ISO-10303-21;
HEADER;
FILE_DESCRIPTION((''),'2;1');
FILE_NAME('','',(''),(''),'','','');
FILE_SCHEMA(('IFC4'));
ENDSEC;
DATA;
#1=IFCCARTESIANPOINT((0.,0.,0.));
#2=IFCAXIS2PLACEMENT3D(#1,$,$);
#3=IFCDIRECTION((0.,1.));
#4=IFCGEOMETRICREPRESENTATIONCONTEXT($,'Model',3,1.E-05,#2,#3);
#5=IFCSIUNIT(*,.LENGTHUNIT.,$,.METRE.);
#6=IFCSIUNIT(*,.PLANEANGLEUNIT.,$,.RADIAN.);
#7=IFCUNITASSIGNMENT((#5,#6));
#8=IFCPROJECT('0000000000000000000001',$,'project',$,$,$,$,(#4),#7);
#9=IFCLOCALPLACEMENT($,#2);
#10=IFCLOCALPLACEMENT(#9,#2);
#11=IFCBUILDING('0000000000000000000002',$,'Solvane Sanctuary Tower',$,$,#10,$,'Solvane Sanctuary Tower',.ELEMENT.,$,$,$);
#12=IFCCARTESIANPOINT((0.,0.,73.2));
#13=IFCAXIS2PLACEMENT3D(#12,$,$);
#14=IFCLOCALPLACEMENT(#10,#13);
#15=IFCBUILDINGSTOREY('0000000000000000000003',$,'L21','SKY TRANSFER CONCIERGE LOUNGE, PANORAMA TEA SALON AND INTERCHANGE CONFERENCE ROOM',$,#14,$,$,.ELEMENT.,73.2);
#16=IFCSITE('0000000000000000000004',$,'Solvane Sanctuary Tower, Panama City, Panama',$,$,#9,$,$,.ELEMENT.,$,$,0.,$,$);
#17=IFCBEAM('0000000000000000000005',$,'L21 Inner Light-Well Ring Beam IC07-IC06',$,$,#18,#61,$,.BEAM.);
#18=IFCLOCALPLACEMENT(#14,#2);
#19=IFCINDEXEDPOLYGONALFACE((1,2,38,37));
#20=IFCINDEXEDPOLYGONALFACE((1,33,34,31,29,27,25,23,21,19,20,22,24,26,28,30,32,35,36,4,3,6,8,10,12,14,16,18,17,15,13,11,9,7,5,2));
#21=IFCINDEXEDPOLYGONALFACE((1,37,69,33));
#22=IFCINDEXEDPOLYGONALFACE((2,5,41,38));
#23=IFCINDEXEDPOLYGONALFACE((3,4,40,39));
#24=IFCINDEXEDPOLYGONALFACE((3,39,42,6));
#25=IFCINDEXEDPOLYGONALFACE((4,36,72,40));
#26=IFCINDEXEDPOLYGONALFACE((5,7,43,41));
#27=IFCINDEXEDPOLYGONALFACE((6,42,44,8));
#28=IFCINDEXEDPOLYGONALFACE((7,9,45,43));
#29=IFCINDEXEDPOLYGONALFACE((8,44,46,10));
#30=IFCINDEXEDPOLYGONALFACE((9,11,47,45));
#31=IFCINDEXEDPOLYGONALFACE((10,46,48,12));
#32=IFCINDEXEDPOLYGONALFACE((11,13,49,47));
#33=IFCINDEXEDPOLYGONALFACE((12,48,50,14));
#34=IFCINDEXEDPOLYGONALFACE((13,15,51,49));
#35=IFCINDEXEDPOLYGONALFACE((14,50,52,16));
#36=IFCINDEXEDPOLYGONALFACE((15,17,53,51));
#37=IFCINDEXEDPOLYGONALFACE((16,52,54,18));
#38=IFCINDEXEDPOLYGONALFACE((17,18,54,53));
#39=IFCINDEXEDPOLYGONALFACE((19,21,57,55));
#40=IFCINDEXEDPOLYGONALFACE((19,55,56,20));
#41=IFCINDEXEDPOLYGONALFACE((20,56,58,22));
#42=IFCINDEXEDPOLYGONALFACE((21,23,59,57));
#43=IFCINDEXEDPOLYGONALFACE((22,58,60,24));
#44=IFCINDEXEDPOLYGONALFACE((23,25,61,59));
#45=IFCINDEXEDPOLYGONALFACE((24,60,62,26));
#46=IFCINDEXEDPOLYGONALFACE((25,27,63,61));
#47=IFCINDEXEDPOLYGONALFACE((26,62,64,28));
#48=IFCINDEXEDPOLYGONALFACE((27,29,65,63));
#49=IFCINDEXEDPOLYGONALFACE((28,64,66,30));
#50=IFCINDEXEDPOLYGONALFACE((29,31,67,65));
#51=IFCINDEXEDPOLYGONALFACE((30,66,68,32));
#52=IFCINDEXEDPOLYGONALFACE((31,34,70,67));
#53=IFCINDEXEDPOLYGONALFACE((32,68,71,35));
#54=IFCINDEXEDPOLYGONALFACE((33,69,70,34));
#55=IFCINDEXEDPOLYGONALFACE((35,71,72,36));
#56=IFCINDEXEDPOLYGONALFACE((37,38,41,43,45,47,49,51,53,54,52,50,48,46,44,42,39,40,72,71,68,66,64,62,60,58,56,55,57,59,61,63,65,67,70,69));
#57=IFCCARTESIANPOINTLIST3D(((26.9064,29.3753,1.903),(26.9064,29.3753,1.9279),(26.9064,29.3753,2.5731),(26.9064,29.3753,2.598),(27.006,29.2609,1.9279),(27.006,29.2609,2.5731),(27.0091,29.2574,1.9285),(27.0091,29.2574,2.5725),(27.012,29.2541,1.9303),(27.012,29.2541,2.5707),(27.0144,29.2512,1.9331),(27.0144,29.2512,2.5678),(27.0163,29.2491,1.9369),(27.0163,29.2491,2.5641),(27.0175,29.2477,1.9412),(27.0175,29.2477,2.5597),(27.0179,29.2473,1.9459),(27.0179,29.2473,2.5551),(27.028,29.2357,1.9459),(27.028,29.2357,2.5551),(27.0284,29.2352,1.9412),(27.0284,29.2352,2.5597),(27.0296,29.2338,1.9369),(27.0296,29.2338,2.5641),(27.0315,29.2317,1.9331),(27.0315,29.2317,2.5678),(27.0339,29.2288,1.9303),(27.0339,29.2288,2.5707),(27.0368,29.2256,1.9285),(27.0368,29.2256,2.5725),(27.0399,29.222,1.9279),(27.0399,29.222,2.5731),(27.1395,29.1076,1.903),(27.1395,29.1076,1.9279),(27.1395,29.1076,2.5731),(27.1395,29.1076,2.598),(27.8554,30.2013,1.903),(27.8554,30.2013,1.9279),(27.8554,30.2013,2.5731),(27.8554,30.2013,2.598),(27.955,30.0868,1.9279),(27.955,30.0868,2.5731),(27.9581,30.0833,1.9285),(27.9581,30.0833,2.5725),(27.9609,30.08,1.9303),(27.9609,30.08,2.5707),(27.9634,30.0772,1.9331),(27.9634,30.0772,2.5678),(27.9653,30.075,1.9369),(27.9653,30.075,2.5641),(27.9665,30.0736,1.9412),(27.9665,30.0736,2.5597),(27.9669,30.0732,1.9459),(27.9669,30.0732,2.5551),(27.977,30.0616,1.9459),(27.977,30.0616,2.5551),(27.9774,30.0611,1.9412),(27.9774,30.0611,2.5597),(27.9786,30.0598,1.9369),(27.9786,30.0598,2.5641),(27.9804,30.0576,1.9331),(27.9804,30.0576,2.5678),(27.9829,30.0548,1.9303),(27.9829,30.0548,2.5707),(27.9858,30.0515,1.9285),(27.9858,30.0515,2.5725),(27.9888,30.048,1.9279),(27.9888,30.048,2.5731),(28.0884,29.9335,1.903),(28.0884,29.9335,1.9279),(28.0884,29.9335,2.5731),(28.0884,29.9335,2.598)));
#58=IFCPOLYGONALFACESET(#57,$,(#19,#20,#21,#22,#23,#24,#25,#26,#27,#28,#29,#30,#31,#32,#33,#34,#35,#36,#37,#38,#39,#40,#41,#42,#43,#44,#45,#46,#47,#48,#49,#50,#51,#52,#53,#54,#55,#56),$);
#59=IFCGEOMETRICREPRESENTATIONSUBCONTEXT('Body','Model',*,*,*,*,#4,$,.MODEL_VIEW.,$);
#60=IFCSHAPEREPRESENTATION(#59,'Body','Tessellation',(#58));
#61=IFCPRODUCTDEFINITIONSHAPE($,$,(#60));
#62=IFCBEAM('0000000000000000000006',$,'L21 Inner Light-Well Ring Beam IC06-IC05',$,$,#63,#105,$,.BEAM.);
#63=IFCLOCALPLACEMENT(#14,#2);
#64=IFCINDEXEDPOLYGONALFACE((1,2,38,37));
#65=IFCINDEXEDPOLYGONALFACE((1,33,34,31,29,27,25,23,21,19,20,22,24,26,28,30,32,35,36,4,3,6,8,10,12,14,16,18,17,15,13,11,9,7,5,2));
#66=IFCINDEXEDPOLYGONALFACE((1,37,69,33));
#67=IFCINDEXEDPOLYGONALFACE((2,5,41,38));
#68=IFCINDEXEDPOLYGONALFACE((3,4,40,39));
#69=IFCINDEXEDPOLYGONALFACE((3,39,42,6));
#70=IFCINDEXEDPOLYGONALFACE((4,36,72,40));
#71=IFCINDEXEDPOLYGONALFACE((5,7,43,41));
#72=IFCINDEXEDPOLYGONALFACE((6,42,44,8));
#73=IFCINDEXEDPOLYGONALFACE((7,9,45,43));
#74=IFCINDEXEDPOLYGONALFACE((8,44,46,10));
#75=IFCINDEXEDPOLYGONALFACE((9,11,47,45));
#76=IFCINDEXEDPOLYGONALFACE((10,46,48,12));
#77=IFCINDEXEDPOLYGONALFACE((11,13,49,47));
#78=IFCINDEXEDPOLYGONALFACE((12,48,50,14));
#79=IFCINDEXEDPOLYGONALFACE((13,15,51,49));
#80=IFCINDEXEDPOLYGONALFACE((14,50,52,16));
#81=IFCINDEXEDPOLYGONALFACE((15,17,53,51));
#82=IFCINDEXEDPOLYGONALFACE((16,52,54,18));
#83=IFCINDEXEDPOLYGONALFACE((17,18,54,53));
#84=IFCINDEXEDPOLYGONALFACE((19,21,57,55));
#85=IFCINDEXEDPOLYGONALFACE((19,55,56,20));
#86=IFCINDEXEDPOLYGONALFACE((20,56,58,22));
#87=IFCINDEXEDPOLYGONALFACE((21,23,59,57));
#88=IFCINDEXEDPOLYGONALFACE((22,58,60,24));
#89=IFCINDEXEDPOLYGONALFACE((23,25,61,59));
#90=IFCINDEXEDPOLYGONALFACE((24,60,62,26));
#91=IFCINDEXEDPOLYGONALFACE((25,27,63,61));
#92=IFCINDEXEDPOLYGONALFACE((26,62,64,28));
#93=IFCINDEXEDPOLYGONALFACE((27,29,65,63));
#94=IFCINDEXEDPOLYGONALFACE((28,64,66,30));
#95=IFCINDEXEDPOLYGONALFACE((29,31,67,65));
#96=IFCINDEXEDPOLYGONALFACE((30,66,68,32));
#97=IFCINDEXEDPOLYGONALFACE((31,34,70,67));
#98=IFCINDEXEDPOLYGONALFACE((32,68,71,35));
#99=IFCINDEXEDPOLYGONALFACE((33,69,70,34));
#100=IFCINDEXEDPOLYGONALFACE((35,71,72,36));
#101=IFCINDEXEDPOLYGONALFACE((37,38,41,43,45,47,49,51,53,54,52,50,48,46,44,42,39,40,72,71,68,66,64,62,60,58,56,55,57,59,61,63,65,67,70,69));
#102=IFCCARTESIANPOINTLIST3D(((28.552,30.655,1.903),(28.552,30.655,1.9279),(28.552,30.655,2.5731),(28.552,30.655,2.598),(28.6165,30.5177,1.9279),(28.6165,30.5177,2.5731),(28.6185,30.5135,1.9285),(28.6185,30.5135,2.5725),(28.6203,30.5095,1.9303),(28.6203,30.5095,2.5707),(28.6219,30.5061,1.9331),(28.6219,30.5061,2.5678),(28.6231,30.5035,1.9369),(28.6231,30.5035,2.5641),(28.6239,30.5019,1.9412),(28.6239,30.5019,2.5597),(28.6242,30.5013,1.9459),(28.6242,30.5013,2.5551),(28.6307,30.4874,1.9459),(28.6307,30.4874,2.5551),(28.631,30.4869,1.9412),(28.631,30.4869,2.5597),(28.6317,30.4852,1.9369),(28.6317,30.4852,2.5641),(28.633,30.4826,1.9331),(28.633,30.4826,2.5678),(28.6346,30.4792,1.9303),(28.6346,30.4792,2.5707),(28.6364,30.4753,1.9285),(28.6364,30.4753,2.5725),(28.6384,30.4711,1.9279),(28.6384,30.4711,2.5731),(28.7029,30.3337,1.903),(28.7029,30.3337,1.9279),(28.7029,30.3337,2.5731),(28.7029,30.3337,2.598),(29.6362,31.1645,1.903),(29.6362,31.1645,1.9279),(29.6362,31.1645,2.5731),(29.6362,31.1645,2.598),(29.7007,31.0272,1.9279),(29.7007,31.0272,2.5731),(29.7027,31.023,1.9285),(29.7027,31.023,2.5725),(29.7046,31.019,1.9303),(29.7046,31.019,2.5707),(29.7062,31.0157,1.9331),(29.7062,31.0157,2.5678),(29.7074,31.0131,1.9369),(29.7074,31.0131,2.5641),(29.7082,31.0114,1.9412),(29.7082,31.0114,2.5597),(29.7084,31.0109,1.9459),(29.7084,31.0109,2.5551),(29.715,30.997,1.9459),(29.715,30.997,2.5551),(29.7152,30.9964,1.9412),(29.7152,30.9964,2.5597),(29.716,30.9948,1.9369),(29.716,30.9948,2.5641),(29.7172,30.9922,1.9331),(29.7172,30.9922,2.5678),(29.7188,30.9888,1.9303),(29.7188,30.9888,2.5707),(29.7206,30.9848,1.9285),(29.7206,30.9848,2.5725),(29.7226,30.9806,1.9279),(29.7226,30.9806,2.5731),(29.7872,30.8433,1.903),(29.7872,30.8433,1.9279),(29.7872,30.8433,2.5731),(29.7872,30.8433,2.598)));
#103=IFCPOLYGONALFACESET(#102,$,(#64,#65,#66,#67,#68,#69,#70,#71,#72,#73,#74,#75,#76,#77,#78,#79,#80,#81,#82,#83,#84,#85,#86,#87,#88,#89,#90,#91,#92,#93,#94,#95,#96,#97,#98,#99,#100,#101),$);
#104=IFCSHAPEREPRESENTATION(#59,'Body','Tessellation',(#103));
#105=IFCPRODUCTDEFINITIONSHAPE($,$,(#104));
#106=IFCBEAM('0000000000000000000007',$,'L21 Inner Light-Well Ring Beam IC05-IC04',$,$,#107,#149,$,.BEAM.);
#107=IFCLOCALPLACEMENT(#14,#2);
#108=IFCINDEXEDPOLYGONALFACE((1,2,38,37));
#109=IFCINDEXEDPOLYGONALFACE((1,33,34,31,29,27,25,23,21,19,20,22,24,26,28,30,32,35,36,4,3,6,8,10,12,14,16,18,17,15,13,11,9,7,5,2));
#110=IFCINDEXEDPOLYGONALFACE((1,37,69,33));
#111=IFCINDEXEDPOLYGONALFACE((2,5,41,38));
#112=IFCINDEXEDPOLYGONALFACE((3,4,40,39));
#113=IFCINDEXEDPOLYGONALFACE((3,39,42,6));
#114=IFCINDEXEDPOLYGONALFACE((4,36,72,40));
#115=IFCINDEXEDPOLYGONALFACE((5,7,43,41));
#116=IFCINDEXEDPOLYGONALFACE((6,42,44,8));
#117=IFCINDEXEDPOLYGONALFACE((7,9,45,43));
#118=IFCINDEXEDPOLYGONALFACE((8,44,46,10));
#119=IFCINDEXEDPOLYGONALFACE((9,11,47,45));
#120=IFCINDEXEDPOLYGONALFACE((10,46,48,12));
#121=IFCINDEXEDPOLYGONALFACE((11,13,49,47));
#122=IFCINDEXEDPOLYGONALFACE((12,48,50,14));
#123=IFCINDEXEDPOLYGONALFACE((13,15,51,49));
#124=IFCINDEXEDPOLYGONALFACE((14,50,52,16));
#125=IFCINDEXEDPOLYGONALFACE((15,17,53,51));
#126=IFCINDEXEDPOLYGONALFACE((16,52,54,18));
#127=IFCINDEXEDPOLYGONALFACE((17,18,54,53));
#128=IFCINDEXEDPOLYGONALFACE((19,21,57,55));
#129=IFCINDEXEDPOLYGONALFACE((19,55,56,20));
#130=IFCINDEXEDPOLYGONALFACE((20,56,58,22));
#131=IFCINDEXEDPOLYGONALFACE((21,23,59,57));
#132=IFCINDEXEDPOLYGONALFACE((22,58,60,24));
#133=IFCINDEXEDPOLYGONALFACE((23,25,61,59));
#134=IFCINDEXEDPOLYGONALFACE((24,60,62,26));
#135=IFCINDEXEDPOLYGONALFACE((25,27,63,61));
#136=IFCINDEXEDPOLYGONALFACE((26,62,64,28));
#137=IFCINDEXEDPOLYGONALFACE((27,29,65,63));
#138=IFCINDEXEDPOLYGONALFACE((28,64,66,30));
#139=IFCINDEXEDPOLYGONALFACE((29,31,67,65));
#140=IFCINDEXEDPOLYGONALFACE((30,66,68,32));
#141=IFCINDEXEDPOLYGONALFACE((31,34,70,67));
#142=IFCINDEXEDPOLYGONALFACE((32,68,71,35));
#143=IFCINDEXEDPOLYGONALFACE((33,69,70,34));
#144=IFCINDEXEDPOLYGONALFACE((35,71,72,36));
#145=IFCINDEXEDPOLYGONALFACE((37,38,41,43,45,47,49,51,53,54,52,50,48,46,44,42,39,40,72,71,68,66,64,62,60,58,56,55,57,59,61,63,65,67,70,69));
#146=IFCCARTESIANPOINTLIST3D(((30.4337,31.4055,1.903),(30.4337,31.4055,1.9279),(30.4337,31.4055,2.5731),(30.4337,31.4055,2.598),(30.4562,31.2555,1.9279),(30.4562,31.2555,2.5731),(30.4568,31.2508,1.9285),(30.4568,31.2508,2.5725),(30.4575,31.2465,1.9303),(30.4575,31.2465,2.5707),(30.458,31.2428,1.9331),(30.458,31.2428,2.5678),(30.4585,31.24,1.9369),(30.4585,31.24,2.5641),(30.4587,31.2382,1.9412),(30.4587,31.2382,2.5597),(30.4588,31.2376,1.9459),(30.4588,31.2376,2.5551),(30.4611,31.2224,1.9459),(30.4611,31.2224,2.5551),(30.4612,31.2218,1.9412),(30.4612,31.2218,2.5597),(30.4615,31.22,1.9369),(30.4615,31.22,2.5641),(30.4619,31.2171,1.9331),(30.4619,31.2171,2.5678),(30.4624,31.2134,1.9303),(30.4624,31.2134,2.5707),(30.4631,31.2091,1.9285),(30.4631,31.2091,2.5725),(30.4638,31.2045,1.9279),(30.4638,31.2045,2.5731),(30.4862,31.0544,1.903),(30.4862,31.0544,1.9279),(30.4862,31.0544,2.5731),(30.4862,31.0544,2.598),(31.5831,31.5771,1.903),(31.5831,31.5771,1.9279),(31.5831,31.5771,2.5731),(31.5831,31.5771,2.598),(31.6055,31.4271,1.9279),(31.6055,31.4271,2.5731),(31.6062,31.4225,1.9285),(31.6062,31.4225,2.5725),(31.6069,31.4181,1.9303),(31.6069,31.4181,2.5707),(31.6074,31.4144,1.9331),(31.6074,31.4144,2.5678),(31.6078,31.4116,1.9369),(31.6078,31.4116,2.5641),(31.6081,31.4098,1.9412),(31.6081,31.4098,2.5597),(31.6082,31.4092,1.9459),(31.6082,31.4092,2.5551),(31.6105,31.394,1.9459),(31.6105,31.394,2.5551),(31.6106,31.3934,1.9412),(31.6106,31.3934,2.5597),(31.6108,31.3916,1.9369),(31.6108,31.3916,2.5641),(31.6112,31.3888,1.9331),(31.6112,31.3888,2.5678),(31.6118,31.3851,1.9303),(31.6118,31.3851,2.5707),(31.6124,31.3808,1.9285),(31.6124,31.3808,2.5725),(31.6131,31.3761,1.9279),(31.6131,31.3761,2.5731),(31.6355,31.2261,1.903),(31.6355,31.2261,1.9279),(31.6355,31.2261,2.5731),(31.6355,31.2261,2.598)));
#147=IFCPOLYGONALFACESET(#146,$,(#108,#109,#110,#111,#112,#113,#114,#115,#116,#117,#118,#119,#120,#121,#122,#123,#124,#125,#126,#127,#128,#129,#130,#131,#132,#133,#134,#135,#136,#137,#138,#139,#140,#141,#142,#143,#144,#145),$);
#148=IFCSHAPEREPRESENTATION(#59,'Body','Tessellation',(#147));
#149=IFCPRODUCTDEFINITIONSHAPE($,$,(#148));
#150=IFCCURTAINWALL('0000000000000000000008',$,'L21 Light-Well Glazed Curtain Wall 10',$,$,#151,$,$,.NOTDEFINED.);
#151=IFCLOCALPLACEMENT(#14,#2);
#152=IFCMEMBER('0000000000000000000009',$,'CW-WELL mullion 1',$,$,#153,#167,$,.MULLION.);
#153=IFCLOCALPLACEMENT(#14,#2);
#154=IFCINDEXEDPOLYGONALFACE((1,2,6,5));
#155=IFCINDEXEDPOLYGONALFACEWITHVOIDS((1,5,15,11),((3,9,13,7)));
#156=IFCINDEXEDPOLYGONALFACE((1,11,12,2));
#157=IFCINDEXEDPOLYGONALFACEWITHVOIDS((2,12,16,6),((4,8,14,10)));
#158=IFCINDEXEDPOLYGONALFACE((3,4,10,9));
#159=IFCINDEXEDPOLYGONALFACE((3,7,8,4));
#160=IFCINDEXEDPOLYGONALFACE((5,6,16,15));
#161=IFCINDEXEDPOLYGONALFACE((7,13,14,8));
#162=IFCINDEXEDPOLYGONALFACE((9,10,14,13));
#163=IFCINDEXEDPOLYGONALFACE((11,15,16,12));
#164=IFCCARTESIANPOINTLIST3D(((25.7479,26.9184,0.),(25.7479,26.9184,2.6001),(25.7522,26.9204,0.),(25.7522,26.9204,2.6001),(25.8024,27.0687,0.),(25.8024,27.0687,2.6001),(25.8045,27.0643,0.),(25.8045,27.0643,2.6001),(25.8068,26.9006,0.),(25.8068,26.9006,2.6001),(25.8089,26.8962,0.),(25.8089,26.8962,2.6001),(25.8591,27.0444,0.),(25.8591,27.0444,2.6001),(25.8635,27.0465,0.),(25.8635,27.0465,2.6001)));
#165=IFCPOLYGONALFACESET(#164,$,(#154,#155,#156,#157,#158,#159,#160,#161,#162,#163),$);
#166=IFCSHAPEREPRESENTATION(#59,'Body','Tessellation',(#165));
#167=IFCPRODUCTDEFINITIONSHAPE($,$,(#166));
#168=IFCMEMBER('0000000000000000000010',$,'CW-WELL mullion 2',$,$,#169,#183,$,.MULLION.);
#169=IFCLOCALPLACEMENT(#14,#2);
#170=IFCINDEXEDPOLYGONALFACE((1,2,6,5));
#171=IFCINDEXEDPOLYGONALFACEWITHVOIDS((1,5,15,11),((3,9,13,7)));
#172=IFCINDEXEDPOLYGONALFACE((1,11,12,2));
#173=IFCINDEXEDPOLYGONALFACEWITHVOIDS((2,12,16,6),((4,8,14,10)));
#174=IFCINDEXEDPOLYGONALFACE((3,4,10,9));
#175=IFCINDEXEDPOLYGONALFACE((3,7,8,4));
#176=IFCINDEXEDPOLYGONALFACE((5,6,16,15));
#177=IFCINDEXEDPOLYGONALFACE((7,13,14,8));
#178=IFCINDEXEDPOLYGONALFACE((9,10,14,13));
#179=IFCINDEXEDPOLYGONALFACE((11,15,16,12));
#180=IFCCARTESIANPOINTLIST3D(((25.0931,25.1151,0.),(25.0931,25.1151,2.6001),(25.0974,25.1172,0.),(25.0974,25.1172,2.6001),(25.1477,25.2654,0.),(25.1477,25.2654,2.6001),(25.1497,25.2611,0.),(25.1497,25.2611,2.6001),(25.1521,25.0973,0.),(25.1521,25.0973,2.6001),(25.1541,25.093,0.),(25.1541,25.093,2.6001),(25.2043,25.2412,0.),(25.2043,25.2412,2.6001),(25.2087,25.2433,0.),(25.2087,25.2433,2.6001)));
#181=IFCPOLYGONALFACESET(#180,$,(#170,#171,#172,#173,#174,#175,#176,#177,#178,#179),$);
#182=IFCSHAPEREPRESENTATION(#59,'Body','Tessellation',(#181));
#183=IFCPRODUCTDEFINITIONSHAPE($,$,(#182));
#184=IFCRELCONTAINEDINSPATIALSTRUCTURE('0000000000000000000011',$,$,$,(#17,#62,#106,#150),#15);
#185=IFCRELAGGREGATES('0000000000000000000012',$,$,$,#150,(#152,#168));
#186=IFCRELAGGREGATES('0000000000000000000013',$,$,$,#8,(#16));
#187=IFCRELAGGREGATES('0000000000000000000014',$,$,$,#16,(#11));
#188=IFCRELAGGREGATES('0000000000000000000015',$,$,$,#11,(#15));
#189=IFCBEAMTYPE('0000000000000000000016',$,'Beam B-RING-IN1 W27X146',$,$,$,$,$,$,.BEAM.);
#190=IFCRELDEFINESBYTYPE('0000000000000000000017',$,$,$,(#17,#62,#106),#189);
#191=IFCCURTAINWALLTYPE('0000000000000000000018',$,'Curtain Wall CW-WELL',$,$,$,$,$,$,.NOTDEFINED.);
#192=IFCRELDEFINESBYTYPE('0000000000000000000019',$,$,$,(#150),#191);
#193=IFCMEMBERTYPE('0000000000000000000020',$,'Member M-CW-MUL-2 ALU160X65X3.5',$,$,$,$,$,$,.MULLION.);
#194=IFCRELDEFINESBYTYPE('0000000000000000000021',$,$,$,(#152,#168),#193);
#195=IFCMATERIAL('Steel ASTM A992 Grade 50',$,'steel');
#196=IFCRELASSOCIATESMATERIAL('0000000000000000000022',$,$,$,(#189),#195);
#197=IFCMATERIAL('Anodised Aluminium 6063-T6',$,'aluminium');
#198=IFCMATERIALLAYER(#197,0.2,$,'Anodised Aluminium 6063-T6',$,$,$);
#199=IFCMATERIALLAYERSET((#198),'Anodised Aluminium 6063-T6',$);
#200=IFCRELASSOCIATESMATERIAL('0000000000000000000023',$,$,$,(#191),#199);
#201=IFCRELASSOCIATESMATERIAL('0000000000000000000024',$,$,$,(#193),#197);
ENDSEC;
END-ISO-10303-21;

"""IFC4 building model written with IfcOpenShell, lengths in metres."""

from ifc_helpers import new_model, si_unit, direction, frame, origin, origin_2d, place, context, subcontext, project, spatial, hollow_rectangle, i_section, extrude, material, layer, layer_set, material_profile, profile_set, type_object, element, aggregate, save


model = new_model("IFC4")

# Units and contexts
model_context = context("Model", 3, precision=1e-05, world=origin(), true_north=direction((0.0, 1.0)))
body_context = subcontext(model_context, "Body", "Model", "MODEL_VIEW")
ifc_project = project(units=[si_unit("LENGTHUNIT", "METRE"), si_unit("PLANEANGLEUNIT", "RADIAN")], contexts=[model_context])

# Site, building, storey
site_placement = place(None, origin())
site = spatial("IfcSite", under=ifc_project, at=site_placement, Name="Solvane Sanctuary Tower, Panama City, Panama", CompositionType="ELEMENT", RefElevation=0.0)
building_placement = place(site_placement, origin())
building = spatial("IfcBuilding", under=site, at=building_placement, Name="Solvane Sanctuary Tower", LongName="Solvane Sanctuary Tower", CompositionType="ELEMENT")
storey_placement = place(building_placement, frame((0.0, 0.0, 73.2)))
storey = spatial("IfcBuildingStorey", under=building, at=storey_placement, Name="L21", Description="SKY TRANSFER CONCIERGE LOUNGE, PANORAMA TEA SALON AND INTERCHANGE CONFERENCE ROOM", CompositionType="ELEMENT", Elevation=73.2)

# Beams
ifc_material_1 = material(Name="Steel ASTM A992 Grade 50", Category="steel")
ifc_material_profile_1 = material_profile(ifc_material_1, i_section(OverallWidth=0.355, OverallDepth=0.6951, WebThickness=0.0154, FlangeThickness=0.0249, FilletRadius=0.0181, at=origin_2d()), Name="W27X146")
ifc_profile_set_1 = profile_set([ifc_material_profile_1], Name="Steel ASTM A992 Grade 50")
beam_type_1 = type_object("IfcBeamType", Name="Beam B-RING-IN1 W27X146", PredefinedType="BEAM", material=ifc_profile_set_1)
beam_1_placement = place(storey_placement, frame((27.0229, 29.2415, 2.2505), z_axis=(0.754317, 0.65651, 0.0), x_axis=(-0.65651, 0.754317, 0.0)))
element("IfcBeam", 1, at=beam_1_placement, inside=storey, type_object=beam_type_1, Name="L21 Inner Light-Well Ring Beam IC07-IC06", PredefinedType="BEAM", context=body_context, shape_type="SweptSolid", body=[
    extrude(i_section(OverallWidth=0.355, OverallDepth=0.6951, WebThickness=0.0154, FlangeThickness=0.0249, FilletRadius=0.0181, at=origin_2d()), origin(), (0.0, 0.0, 1.0), 1.2581),
])
beam_2_placement = place(storey_placement, frame((28.6274, 30.4944, 2.2505), z_axis=(0.905045, 0.425316, 0.0), x_axis=(-0.425316, 0.905045, 0.0)))
element("IfcBeam", 2, at=beam_2_placement, inside=storey, type_object=beam_type_1, Name="L21 Inner Light-Well Ring Beam IC06-IC05", PredefinedType="BEAM", context=body_context, shape_type="SweptSolid", body=[
    extrude(i_section(OverallWidth=0.355, OverallDepth=0.6951, WebThickness=0.0154, FlangeThickness=0.0249, FilletRadius=0.0181, at=origin_2d()), origin(), (0.0, 0.0, 1.0), 1.198),
])
beam_3_placement = place(storey_placement, frame((30.46, 31.23, 2.2505), z_axis=(0.989035, 0.147683, 0.0), x_axis=(-0.147683, 0.989035, 0.0)))
element("IfcBeam", 3, at=beam_3_placement, inside=storey, type_object=beam_type_1, Name="L21 Inner Light-Well Ring Beam IC05-IC04", PredefinedType="BEAM", context=body_context, shape_type="SweptSolid", body=[
    extrude(i_section(OverallWidth=0.355, OverallDepth=0.6951, WebThickness=0.0154, FlangeThickness=0.0249, FilletRadius=0.0181, at=origin_2d()), origin(), (0.0, 0.0, 1.0), 1.1621),
])

# Curtain wall, members
ifc_material_2 = material(Name="Anodised Aluminium 6063-T6", Category="aluminium")
ifc_layer_1 = layer(ifc_material_2, 0.2, Name="Anodised Aluminium 6063-T6")
ifc_layer_set_1 = layer_set([ifc_layer_1], Name="Anodised Aluminium 6063-T6")
curtain_wall_type = type_object("IfcCurtainWallType", Name="Curtain Wall CW-WELL", PredefinedType="NOTDEFINED", material=ifc_layer_set_1)
curtain_wall_placement = place(storey_placement, origin())
curtain_wall = element("IfcCurtainWall", 4, at=curtain_wall_placement, inside=storey, type_object=curtain_wall_type, Name="L21 Light-Well Glazed Curtain Wall 10", PredefinedType="NOTDEFINED")
ifc_material_profile_2 = material_profile(ifc_material_2, hollow_rectangle(XDim=0.0649, YDim=0.1599, WallThickness=0.0034, at=origin_2d()), Name="ALU160X65X3.5")
ifc_profile_set_2 = profile_set([ifc_material_profile_2], Name="Anodised Aluminium 6063-T6")
member_type_1 = type_object("IfcMemberType", Name="Member M-CW-MUL-2 ALU160X65X3.5", PredefinedType="MULLION", material=ifc_profile_set_2)
member_1_placement = place(storey_placement, frame((25.8057, 26.9824, 0.0), z_axis=(0.0, 0.0, 1.0), x_axis=(0.939933, -0.341358, 0.0)))
member_1 = element("IfcMember", 5, at=member_1_placement, type_object=member_type_1, Name="CW-WELL mullion 1", PredefinedType="MULLION", context=body_context, shape_type="SweptSolid", body=[
    extrude(hollow_rectangle(XDim=0.0649, YDim=0.1599, WallThickness=0.0034, at=origin_2d()), origin(), (0.0, 0.0, 1.0), 2.6001),
])
member_2_placement = place(storey_placement, frame((25.1509, 25.1792, 0.0), z_axis=(0.0, 0.0, 1.0), x_axis=(0.939933, -0.341358, 0.0)))
member_2 = element("IfcMember", 6, at=member_2_placement, type_object=member_type_1, Name="CW-WELL mullion 2", PredefinedType="MULLION", context=body_context, shape_type="SweptSolid", body=[
    extrude(hollow_rectangle(XDim=0.0649, YDim=0.1599, WallThickness=0.0034, at=origin_2d()), origin(), (0.0, 0.0, 1.0), 2.6001),
])
aggregate(curtain_wall, [member_1, member_2])

save(model, "model.ifc")
